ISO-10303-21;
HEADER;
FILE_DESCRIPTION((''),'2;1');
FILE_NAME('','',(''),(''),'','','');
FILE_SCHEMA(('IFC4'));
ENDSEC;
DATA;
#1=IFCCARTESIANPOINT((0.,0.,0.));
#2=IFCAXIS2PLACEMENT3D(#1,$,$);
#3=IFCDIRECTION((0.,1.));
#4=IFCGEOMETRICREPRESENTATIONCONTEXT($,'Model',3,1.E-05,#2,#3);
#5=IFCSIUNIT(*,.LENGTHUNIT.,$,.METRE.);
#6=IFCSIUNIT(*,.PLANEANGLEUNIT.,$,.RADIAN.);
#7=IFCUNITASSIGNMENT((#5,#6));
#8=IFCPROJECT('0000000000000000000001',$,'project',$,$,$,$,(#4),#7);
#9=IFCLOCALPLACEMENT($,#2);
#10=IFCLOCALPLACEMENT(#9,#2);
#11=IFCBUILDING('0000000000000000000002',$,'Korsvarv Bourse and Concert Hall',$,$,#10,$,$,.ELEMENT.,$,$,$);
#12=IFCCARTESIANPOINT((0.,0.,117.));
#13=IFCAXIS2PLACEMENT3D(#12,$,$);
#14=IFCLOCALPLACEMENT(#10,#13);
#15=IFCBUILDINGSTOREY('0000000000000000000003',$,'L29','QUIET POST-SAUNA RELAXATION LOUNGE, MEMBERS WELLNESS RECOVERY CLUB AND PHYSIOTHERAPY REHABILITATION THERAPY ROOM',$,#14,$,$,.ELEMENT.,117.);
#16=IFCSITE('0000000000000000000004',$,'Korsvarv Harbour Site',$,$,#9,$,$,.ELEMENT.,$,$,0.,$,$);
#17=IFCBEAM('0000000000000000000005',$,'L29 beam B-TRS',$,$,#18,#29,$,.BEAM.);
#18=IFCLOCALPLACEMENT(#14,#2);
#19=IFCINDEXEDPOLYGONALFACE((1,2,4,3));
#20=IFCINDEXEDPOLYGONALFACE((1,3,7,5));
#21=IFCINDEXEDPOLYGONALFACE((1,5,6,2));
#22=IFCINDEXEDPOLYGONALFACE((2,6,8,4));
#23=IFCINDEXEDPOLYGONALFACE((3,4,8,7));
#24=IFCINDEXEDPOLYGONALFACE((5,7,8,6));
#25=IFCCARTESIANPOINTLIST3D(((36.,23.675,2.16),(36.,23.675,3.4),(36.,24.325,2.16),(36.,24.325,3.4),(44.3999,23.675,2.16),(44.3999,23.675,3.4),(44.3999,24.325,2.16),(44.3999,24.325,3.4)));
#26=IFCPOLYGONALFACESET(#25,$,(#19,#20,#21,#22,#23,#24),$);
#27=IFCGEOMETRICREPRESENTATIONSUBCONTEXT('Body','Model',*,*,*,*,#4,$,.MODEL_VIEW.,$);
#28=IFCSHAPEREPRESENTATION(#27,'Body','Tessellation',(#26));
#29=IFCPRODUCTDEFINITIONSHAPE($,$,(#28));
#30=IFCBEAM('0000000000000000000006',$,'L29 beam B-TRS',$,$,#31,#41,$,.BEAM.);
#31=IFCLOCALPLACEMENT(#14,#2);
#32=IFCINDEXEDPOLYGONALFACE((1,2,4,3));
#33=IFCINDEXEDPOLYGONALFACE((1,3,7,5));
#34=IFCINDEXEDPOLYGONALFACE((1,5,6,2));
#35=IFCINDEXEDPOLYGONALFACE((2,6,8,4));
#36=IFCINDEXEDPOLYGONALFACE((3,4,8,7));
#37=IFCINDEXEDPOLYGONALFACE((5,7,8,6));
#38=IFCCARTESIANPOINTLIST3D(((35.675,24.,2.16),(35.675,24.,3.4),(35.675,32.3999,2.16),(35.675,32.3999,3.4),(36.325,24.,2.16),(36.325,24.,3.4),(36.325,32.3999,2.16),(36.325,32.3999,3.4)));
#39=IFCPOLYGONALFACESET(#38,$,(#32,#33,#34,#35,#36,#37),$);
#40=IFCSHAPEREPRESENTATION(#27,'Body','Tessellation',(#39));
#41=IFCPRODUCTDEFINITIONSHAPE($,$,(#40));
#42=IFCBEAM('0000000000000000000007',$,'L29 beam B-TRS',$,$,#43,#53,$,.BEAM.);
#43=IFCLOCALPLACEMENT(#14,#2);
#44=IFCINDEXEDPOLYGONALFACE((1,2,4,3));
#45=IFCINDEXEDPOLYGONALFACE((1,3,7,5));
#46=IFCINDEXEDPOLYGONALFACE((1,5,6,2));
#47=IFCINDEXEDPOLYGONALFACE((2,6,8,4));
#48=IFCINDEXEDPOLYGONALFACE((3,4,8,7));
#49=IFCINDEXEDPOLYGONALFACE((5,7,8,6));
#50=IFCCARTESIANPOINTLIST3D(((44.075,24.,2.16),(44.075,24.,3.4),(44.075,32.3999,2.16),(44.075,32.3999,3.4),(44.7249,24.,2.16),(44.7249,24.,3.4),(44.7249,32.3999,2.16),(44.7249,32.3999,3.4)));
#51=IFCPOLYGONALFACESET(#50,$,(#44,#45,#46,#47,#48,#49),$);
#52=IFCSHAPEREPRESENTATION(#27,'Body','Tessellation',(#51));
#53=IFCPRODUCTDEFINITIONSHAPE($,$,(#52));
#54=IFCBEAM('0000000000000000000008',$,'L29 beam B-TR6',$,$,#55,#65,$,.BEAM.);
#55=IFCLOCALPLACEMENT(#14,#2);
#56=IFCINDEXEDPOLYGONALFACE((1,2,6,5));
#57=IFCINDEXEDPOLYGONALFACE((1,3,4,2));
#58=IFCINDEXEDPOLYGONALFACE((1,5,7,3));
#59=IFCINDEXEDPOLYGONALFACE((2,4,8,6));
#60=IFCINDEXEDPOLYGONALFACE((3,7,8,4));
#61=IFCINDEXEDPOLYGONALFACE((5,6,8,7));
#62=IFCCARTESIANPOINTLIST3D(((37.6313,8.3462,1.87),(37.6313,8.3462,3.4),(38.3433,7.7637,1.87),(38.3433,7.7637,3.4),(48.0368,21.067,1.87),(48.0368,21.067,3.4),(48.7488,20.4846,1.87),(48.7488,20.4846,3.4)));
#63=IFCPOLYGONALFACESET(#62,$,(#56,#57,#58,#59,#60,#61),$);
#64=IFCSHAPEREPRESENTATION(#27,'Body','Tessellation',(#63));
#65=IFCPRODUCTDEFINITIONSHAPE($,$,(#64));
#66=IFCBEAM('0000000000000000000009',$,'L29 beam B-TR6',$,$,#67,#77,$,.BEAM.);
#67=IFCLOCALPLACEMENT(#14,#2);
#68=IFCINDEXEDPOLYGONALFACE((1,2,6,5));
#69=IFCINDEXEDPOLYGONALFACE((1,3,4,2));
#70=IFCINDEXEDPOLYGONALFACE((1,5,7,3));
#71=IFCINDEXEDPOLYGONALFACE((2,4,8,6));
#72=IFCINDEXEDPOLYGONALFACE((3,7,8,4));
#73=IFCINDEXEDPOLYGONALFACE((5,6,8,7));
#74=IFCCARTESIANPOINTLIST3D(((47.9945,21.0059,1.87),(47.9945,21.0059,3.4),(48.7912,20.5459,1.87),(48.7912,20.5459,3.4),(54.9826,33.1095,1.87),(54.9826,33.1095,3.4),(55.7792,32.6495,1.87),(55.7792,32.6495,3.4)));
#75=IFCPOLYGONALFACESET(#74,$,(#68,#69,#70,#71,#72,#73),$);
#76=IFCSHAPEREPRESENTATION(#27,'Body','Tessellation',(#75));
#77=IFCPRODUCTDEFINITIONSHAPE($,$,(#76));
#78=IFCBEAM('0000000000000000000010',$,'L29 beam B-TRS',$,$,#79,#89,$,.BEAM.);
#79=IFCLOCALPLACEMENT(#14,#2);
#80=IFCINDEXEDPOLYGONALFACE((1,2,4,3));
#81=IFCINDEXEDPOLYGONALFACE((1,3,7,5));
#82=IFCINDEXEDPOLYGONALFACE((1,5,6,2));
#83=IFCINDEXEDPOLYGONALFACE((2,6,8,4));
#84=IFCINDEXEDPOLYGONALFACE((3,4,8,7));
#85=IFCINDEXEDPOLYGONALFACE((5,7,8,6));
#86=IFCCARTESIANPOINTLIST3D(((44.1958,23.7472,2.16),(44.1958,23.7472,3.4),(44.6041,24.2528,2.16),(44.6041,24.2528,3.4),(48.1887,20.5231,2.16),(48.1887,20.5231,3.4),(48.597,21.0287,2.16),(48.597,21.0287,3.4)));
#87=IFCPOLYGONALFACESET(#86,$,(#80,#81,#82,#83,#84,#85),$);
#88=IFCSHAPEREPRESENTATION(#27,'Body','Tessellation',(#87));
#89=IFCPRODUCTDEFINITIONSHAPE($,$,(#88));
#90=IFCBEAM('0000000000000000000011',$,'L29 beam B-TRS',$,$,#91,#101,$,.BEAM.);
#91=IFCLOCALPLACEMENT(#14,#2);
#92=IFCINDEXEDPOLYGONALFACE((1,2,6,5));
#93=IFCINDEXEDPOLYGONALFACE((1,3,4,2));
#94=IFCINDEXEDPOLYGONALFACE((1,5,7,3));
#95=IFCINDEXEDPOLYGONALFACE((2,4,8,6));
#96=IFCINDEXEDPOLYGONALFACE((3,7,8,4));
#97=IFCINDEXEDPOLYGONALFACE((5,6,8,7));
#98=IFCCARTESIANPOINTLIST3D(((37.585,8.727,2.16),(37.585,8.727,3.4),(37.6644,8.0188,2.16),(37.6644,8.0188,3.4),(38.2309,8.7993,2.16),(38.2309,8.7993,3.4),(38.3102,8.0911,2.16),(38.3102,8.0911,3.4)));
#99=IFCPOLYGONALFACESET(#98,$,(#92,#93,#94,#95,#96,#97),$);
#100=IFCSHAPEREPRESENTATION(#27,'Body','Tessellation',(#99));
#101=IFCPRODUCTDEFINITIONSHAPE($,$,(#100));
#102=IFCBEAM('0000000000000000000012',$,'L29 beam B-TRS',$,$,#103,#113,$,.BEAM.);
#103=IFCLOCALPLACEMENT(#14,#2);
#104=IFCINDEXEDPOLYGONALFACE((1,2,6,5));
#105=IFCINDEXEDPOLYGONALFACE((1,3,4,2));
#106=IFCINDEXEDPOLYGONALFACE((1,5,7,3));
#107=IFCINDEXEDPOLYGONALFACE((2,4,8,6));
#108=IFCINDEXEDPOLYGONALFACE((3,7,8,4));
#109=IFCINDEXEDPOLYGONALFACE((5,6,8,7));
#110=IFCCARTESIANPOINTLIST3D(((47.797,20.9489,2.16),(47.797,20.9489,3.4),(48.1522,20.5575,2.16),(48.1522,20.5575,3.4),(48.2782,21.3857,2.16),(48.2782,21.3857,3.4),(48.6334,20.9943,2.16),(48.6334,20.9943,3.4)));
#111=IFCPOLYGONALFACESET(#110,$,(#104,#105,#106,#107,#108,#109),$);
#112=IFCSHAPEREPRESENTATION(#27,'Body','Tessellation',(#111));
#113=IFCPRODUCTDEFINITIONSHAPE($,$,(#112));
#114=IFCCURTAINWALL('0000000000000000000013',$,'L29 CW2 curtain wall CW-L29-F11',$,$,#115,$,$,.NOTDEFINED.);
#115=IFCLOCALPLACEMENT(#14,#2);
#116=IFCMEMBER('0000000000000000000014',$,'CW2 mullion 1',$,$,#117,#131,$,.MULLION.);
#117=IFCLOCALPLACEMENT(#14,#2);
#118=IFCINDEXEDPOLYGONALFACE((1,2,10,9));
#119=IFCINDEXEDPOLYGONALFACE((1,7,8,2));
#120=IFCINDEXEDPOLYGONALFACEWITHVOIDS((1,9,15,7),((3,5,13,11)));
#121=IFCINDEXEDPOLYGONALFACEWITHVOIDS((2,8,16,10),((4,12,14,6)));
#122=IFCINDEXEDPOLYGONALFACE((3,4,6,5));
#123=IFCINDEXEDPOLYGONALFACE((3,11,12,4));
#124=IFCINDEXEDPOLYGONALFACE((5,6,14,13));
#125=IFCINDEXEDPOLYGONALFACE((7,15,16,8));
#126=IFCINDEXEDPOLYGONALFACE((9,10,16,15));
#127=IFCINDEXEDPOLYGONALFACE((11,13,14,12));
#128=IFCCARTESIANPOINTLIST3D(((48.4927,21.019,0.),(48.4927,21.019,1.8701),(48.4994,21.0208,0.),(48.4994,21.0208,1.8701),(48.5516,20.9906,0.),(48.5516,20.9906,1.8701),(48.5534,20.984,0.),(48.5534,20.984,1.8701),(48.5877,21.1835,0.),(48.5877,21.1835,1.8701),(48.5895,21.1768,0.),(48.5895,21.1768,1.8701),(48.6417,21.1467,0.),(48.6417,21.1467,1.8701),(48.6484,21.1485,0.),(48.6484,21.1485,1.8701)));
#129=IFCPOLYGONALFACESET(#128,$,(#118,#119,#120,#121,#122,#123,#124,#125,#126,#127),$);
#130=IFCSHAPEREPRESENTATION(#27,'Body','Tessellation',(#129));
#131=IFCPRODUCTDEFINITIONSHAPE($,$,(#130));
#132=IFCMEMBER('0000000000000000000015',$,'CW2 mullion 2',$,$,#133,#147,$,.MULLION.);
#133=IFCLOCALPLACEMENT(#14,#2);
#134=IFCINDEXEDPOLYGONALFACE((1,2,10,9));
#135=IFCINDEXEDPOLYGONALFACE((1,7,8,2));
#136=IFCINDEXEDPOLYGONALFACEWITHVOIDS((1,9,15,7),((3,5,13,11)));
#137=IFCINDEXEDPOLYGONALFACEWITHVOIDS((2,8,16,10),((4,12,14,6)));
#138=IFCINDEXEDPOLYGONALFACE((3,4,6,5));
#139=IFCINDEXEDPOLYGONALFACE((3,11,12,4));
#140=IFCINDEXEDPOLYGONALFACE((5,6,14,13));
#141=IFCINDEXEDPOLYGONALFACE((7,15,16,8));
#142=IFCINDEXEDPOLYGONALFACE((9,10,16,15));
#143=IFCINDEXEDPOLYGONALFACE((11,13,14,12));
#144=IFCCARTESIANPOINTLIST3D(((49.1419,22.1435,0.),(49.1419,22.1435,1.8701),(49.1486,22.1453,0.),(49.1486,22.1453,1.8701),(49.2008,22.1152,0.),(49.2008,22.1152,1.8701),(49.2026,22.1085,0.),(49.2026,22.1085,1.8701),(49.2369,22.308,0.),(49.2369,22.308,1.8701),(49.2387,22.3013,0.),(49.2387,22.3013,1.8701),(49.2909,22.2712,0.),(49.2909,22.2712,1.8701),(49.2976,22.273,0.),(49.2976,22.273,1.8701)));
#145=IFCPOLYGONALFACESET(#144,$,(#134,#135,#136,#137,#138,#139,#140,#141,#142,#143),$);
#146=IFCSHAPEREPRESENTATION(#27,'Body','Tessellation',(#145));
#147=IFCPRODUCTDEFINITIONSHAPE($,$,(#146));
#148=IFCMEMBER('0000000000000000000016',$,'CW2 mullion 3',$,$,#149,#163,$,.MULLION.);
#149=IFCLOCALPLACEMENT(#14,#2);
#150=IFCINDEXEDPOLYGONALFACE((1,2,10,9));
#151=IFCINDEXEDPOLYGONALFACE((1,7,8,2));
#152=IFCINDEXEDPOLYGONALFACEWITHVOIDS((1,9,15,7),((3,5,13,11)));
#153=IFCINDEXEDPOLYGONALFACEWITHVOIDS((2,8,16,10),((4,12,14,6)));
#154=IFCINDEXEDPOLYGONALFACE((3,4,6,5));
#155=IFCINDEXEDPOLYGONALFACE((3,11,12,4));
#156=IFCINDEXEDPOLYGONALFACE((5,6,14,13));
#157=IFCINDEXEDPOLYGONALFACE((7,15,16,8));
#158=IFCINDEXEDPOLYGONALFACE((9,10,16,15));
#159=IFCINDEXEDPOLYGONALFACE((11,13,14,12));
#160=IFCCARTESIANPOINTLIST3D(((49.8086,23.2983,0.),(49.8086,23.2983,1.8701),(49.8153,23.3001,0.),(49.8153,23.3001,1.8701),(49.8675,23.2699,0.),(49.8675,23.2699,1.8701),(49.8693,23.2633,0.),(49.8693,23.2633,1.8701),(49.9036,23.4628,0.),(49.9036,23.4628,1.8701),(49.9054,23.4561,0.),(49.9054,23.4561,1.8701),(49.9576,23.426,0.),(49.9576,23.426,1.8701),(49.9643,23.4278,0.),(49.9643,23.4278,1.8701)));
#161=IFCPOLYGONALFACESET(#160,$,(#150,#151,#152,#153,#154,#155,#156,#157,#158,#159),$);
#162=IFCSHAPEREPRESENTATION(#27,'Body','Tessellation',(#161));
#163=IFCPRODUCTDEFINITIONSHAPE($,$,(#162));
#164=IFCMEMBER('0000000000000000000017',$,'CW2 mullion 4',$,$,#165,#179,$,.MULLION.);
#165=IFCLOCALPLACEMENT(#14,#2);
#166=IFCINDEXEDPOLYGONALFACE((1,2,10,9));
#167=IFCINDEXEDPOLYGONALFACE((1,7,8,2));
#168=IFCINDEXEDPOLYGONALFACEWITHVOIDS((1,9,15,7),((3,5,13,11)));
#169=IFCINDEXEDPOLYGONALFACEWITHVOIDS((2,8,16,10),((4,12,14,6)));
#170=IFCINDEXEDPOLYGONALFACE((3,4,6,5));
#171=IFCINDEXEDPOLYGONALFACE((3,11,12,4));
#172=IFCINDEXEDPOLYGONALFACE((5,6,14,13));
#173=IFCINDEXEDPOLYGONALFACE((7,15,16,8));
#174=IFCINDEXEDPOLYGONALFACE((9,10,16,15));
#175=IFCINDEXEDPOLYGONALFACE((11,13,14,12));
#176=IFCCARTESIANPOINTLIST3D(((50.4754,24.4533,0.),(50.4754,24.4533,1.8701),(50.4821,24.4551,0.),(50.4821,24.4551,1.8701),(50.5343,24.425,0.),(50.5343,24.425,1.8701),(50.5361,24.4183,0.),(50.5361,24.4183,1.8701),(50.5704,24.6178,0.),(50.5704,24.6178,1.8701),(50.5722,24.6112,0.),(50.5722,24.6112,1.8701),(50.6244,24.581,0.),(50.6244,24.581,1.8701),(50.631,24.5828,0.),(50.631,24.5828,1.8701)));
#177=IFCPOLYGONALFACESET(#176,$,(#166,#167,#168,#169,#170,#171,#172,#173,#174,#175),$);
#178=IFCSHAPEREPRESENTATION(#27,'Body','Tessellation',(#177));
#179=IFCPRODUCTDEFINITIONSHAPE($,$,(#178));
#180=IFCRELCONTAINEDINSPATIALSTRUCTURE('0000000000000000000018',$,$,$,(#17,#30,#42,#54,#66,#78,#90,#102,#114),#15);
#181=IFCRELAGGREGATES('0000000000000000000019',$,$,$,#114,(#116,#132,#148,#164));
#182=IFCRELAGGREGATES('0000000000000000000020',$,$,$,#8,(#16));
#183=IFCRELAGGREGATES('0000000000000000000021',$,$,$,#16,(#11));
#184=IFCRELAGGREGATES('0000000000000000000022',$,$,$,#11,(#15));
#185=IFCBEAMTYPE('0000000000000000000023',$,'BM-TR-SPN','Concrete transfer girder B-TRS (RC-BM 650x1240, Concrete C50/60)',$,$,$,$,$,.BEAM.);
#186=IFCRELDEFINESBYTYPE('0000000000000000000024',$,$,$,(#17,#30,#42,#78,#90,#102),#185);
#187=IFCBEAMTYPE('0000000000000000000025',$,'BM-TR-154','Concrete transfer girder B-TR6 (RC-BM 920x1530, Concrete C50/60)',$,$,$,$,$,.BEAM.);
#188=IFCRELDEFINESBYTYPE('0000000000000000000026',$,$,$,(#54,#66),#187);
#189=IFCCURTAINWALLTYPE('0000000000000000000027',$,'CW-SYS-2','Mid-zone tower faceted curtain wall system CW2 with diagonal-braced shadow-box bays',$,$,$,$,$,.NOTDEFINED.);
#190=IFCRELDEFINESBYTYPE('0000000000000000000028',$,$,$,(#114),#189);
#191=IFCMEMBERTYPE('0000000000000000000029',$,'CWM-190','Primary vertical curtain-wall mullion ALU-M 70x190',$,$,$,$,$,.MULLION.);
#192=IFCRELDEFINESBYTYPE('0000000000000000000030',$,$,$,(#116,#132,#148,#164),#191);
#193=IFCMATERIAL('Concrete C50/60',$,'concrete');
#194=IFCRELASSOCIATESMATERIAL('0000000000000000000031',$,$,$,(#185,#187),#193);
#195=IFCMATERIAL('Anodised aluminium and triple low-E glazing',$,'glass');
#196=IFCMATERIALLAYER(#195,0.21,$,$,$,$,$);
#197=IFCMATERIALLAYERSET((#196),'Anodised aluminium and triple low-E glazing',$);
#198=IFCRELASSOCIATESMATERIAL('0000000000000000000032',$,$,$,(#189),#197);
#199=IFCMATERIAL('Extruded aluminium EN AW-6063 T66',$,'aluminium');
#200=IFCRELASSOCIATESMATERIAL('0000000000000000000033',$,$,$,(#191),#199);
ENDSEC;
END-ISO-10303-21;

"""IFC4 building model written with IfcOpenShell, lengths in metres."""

from ifc_helpers import new_model, si_unit, direction, frame, origin, origin_2d, place, context, subcontext, project, spatial, rectangle, hollow_rectangle, extrude, source, transform, mapped, material, layer, layer_set, material_profile, profile_set, type_object, element, aggregate, save


model = new_model("IFC4")

# Units and contexts
model_context = context("Model", 3, precision=1e-05, world=origin(), true_north=direction((0.0, 1.0)))
body_context = subcontext(model_context, "Body", "Model", "MODEL_VIEW")
ifc_project = project(units=[si_unit("LENGTHUNIT", "METRE"), si_unit("PLANEANGLEUNIT", "RADIAN")], contexts=[model_context])

# Site, building, storey
site_placement = place(None, origin())
site = spatial("IfcSite", under=ifc_project, at=site_placement, Name="Korsvarv Harbour Site", CompositionType="ELEMENT", RefElevation=0.0)
building_placement = place(site_placement, origin())
building = spatial("IfcBuilding", under=site, at=building_placement, Name="Korsvarv Bourse and Concert Hall", CompositionType="ELEMENT")
storey_placement = place(building_placement, frame((0.0, 0.0, 117.0)))
storey = spatial("IfcBuildingStorey", under=building, at=storey_placement, Name="L29", Description="QUIET POST-SAUNA RELAXATION LOUNGE, MEMBERS WELLNESS RECOVERY CLUB AND PHYSIOTHERAPY REHABILITATION THERAPY ROOM", CompositionType="ELEMENT", Elevation=117.0)

# Beams
ifc_material_1 = material(Name="Concrete C50/60", Category="concrete")
ifc_material_profile_1 = material_profile(ifc_material_1, rectangle(XDim=0.6499, YDim=1.24, at=origin_2d()), Name="RC-BM 650x1240")
ifc_profile_set_1 = profile_set([ifc_material_profile_1], Name="Concrete C50/60")
beam_type_1 = type_object("IfcBeamType", Name="BM-TR-SPN", Description="Concrete transfer girder B-TRS (RC-BM 650x1240, Concrete C50/60)", PredefinedType="BEAM", material=ifc_profile_set_1)
shared_shape_1 = source(origin(), body_context, "Body", "SweptSolid", [
    extrude(rectangle(XDim=0.6499, YDim=1.24, at=origin_2d()), origin(), (0.0, 0.0, 1.0), 8.3999),
])
for number, where, z_axis, x_axis, name in (
    (1, (36.0, 24.0, 2.78), (1.0, 0.0, 0.0), (0.0, 1.0, 0.0), "L29 beam B-TRS"),
    (2, (36.0, 24.0, 2.78), (0.0, 1.0, 0.0), (-1.0, 0.0, 0.0), "L29 beam B-TRS"),
    (3, (44.3999, 24.0, 2.78), (0.0, 1.0, 0.0), (-1.0, 0.0, 0.0), "L29 beam B-TRS"),
):
    element("IfcBeam", number, at=place(storey_placement, frame(where, z_axis=z_axis, x_axis=x_axis)), inside=storey, type_object=beam_type_1, Name=name, PredefinedType="BEAM", context=body_context, shape_type="MappedRepresentation", body=[
        mapped(shared_shape_1, transform((0.0, 0.0, 0.0), scale=1.0)),
    ])
ifc_material_profile_2 = material_profile(ifc_material_1, rectangle(XDim=0.9199, YDim=1.53, at=origin_2d()), Name="RC-BM 920x1530")
ifc_profile_set_2 = profile_set([ifc_material_profile_2], Name="Concrete C50/60")
beam_type_2 = type_object("IfcBeamType", Name="BM-TR-154", Description="Concrete transfer girder B-TR6 (RC-BM 920x1530, Concrete C50/60)", PredefinedType="BEAM", material=ifc_profile_set_2)
shared_shape_2 = source(origin(), body_context, "Body", "SweptSolid", [
    extrude(rectangle(XDim=0.9199, YDim=1.53, at=origin_2d()), origin(), (0.0, 0.0, 1.0), 16.4346),
])
beam_1_placement = place(storey_placement, frame((37.9873, 8.0549, 2.635), z_axis=(0.633146, 0.774033, 0.0), x_axis=(-0.774033, 0.633146, 0.0)))
element("IfcBeam", 4, at=beam_1_placement, inside=storey, type_object=beam_type_2, Name="L29 beam B-TR6", PredefinedType="BEAM", context=body_context, shape_type="MappedRepresentation", body=[
    mapped(shared_shape_2, transform((0.0, 0.0, 0.0), scale=1.0)),
])
shared_shape_3 = source(origin(), body_context, "Body", "SweptSolid", [
    extrude(rectangle(XDim=0.9199, YDim=1.53, at=origin_2d()), origin(), (0.0, 0.0, 1.0), 13.9761),
])
beam_2_placement = place(storey_placement, frame((48.3928, 20.7759, 2.635), z_axis=(0.500004, 0.866023, 0.0), x_axis=(-0.866023, 0.500004, 0.0)))
element("IfcBeam", 5, at=beam_2_placement, inside=storey, type_object=beam_type_2, Name="L29 beam B-TR6", PredefinedType="BEAM", context=body_context, shape_type="MappedRepresentation", body=[
    mapped(shared_shape_3, transform((0.0, 0.0, 0.0), scale=1.0)),
])
shared_shape_4 = source(origin(), body_context, "Body", "SweptSolid", [
    extrude(rectangle(XDim=0.6499, YDim=1.24, at=origin_2d()), origin(), (0.0, 0.0, 1.0), 5.1321),
])
beam_3_placement = place(storey_placement, frame((48.3928, 20.7759, 2.78), z_axis=(-0.77803, 0.628227, 0.0), x_axis=(-0.628227, -0.77803, 0.0)))
element("IfcBeam", 6, at=beam_3_placement, inside=storey, type_object=beam_type_1, Name="L29 beam B-TRS", PredefinedType="BEAM", context=body_context, shape_type="MappedRepresentation", body=[
    mapped(shared_shape_4, transform((0.0, 0.0, 0.0), scale=1.0)),
])
shared_shape_5 = source(origin(), body_context, "Body", "SweptSolid", [
    extrude(rectangle(XDim=0.6499, YDim=1.24, at=origin_2d()), origin(), (0.0, 0.0, 1.0), 0.7126),
])
beam_4_placement = place(storey_placement, frame((37.9873, 8.0549, 2.78), z_axis=(-0.111334, 0.993783, 0.0), x_axis=(-0.993783, -0.111334, 0.0)))
element("IfcBeam", 7, at=beam_4_placement, inside=storey, type_object=beam_type_1, Name="L29 beam B-TRS", PredefinedType="BEAM", context=body_context, shape_type="MappedRepresentation", body=[
    mapped(shared_shape_5, transform((0.0, 0.0, 0.0), scale=1.0)),
])
shared_shape_6 = source(origin(), body_context, "Body", "SweptSolid", [
    extrude(rectangle(XDim=0.6499, YDim=1.24, at=origin_2d()), origin(), (0.0, 0.0, 1.0), 0.5286),
])
beam_5_placement = place(storey_placement, frame((48.3928, 20.7759, 2.78), z_axis=(-0.672098, 0.740462, 0.0), x_axis=(-0.740462, -0.672098, 0.0)))
element("IfcBeam", 8, at=beam_5_placement, inside=storey, type_object=beam_type_1, Name="L29 beam B-TRS", PredefinedType="BEAM", context=body_context, shape_type="MappedRepresentation", body=[
    mapped(shared_shape_6, transform((0.0, 0.0, 0.0), scale=1.0)),
])

# Curtain wall, members
ifc_material_2 = material(Name="Anodised aluminium and triple low-E glazing", Category="glass")
ifc_layer_1 = layer(ifc_material_2, 0.21)
ifc_layer_set_1 = layer_set([ifc_layer_1], Name="Anodised aluminium and triple low-E glazing")
curtain_wall_type = type_object("IfcCurtainWallType", Name="CW-SYS-2", Description="Mid-zone tower faceted curtain wall system CW2 with diagonal-braced shadow-box bays", PredefinedType="NOTDEFINED", material=ifc_layer_set_1)
curtain_wall_placement = place(storey_placement, origin())
curtain_wall = element("IfcCurtainWall", 9, at=curtain_wall_placement, inside=storey, type_object=curtain_wall_type, Name="L29 CW2 curtain wall CW-L29-F11", PredefinedType="NOTDEFINED")
ifc_material_3 = material(Name="Extruded aluminium EN AW-6063 T66", Category="aluminium")
ifc_material_profile_3 = material_profile(ifc_material_3, hollow_rectangle(XDim=0.0701, YDim=0.1899, WallThickness=0.0049, at=origin_2d()), Name="ALU-M 70x190")
ifc_profile_set_3 = profile_set([ifc_material_profile_3], Name="Extruded aluminium EN AW-6063 T66")
member_type_1 = type_object("IfcMemberType", Name="CWM-190", Description="Primary vertical curtain-wall mullion ALU-M 70x190", PredefinedType="MULLION", material=ifc_profile_set_3)
shared_shape_7 = source(origin(), body_context, "Body", "SweptSolid", [
    extrude(hollow_rectangle(XDim=0.0701, YDim=0.1899, WallThickness=0.0049, at=origin_2d()), origin(), (0.0, 0.0, 1.0), 1.8701),
])
member_1_placement = place(storey_placement, frame((48.5706, 21.0837, 0.0), z_axis=(0.0, 0.0, 1.0), x_axis=(-0.866022, 0.500006, 0.0)))
member_1 = element("IfcMember", 10, at=member_1_placement, type_object=member_type_1, Name="CW2 mullion 1", PredefinedType="MULLION", context=body_context, shape_type="MappedRepresentation", body=[
    mapped(shared_shape_7, transform((0.0, 0.0, 0.0), scale=1.0)),
])
member_2_placement = place(storey_placement, frame((49.2197, 22.2083, 0.0), z_axis=(0.0, 0.0, 1.0), x_axis=(-0.866022, 0.500006, 0.0)))
member_2 = element("IfcMember", 11, at=member_2_placement, type_object=member_type_1, Name="CW2 mullion 2", PredefinedType="MULLION", context=body_context, shape_type="MappedRepresentation", body=[
    mapped(shared_shape_7, transform((0.0, 0.0, 0.0), scale=1.0)),
])
member_3_placement = place(storey_placement, frame((49.8865, 23.363, 0.0), z_axis=(0.0, 0.0, 1.0), x_axis=(-0.866022, 0.500006, 0.0)))
member_3 = element("IfcMember", 12, at=member_3_placement, type_object=member_type_1, Name="CW2 mullion 3", PredefinedType="MULLION", context=body_context, shape_type="MappedRepresentation", body=[
    mapped(shared_shape_7, transform((0.0, 0.0, 0.0), scale=1.0)),
])
member_4_placement = place(storey_placement, frame((50.5532, 24.5181, 0.0), z_axis=(0.0, 0.0, 1.0), x_axis=(-0.866022, 0.500006, 0.0)))
member_4 = element("IfcMember", 13, at=member_4_placement, type_object=member_type_1, Name="CW2 mullion 4", PredefinedType="MULLION", context=body_context, shape_type="MappedRepresentation", body=[
    mapped(shared_shape_7, transform((0.0, 0.0, 0.0), scale=1.0)),
])
aggregate(curtain_wall, [member_1, member_2, member_3, member_4])

save(model, "model.ifc")
